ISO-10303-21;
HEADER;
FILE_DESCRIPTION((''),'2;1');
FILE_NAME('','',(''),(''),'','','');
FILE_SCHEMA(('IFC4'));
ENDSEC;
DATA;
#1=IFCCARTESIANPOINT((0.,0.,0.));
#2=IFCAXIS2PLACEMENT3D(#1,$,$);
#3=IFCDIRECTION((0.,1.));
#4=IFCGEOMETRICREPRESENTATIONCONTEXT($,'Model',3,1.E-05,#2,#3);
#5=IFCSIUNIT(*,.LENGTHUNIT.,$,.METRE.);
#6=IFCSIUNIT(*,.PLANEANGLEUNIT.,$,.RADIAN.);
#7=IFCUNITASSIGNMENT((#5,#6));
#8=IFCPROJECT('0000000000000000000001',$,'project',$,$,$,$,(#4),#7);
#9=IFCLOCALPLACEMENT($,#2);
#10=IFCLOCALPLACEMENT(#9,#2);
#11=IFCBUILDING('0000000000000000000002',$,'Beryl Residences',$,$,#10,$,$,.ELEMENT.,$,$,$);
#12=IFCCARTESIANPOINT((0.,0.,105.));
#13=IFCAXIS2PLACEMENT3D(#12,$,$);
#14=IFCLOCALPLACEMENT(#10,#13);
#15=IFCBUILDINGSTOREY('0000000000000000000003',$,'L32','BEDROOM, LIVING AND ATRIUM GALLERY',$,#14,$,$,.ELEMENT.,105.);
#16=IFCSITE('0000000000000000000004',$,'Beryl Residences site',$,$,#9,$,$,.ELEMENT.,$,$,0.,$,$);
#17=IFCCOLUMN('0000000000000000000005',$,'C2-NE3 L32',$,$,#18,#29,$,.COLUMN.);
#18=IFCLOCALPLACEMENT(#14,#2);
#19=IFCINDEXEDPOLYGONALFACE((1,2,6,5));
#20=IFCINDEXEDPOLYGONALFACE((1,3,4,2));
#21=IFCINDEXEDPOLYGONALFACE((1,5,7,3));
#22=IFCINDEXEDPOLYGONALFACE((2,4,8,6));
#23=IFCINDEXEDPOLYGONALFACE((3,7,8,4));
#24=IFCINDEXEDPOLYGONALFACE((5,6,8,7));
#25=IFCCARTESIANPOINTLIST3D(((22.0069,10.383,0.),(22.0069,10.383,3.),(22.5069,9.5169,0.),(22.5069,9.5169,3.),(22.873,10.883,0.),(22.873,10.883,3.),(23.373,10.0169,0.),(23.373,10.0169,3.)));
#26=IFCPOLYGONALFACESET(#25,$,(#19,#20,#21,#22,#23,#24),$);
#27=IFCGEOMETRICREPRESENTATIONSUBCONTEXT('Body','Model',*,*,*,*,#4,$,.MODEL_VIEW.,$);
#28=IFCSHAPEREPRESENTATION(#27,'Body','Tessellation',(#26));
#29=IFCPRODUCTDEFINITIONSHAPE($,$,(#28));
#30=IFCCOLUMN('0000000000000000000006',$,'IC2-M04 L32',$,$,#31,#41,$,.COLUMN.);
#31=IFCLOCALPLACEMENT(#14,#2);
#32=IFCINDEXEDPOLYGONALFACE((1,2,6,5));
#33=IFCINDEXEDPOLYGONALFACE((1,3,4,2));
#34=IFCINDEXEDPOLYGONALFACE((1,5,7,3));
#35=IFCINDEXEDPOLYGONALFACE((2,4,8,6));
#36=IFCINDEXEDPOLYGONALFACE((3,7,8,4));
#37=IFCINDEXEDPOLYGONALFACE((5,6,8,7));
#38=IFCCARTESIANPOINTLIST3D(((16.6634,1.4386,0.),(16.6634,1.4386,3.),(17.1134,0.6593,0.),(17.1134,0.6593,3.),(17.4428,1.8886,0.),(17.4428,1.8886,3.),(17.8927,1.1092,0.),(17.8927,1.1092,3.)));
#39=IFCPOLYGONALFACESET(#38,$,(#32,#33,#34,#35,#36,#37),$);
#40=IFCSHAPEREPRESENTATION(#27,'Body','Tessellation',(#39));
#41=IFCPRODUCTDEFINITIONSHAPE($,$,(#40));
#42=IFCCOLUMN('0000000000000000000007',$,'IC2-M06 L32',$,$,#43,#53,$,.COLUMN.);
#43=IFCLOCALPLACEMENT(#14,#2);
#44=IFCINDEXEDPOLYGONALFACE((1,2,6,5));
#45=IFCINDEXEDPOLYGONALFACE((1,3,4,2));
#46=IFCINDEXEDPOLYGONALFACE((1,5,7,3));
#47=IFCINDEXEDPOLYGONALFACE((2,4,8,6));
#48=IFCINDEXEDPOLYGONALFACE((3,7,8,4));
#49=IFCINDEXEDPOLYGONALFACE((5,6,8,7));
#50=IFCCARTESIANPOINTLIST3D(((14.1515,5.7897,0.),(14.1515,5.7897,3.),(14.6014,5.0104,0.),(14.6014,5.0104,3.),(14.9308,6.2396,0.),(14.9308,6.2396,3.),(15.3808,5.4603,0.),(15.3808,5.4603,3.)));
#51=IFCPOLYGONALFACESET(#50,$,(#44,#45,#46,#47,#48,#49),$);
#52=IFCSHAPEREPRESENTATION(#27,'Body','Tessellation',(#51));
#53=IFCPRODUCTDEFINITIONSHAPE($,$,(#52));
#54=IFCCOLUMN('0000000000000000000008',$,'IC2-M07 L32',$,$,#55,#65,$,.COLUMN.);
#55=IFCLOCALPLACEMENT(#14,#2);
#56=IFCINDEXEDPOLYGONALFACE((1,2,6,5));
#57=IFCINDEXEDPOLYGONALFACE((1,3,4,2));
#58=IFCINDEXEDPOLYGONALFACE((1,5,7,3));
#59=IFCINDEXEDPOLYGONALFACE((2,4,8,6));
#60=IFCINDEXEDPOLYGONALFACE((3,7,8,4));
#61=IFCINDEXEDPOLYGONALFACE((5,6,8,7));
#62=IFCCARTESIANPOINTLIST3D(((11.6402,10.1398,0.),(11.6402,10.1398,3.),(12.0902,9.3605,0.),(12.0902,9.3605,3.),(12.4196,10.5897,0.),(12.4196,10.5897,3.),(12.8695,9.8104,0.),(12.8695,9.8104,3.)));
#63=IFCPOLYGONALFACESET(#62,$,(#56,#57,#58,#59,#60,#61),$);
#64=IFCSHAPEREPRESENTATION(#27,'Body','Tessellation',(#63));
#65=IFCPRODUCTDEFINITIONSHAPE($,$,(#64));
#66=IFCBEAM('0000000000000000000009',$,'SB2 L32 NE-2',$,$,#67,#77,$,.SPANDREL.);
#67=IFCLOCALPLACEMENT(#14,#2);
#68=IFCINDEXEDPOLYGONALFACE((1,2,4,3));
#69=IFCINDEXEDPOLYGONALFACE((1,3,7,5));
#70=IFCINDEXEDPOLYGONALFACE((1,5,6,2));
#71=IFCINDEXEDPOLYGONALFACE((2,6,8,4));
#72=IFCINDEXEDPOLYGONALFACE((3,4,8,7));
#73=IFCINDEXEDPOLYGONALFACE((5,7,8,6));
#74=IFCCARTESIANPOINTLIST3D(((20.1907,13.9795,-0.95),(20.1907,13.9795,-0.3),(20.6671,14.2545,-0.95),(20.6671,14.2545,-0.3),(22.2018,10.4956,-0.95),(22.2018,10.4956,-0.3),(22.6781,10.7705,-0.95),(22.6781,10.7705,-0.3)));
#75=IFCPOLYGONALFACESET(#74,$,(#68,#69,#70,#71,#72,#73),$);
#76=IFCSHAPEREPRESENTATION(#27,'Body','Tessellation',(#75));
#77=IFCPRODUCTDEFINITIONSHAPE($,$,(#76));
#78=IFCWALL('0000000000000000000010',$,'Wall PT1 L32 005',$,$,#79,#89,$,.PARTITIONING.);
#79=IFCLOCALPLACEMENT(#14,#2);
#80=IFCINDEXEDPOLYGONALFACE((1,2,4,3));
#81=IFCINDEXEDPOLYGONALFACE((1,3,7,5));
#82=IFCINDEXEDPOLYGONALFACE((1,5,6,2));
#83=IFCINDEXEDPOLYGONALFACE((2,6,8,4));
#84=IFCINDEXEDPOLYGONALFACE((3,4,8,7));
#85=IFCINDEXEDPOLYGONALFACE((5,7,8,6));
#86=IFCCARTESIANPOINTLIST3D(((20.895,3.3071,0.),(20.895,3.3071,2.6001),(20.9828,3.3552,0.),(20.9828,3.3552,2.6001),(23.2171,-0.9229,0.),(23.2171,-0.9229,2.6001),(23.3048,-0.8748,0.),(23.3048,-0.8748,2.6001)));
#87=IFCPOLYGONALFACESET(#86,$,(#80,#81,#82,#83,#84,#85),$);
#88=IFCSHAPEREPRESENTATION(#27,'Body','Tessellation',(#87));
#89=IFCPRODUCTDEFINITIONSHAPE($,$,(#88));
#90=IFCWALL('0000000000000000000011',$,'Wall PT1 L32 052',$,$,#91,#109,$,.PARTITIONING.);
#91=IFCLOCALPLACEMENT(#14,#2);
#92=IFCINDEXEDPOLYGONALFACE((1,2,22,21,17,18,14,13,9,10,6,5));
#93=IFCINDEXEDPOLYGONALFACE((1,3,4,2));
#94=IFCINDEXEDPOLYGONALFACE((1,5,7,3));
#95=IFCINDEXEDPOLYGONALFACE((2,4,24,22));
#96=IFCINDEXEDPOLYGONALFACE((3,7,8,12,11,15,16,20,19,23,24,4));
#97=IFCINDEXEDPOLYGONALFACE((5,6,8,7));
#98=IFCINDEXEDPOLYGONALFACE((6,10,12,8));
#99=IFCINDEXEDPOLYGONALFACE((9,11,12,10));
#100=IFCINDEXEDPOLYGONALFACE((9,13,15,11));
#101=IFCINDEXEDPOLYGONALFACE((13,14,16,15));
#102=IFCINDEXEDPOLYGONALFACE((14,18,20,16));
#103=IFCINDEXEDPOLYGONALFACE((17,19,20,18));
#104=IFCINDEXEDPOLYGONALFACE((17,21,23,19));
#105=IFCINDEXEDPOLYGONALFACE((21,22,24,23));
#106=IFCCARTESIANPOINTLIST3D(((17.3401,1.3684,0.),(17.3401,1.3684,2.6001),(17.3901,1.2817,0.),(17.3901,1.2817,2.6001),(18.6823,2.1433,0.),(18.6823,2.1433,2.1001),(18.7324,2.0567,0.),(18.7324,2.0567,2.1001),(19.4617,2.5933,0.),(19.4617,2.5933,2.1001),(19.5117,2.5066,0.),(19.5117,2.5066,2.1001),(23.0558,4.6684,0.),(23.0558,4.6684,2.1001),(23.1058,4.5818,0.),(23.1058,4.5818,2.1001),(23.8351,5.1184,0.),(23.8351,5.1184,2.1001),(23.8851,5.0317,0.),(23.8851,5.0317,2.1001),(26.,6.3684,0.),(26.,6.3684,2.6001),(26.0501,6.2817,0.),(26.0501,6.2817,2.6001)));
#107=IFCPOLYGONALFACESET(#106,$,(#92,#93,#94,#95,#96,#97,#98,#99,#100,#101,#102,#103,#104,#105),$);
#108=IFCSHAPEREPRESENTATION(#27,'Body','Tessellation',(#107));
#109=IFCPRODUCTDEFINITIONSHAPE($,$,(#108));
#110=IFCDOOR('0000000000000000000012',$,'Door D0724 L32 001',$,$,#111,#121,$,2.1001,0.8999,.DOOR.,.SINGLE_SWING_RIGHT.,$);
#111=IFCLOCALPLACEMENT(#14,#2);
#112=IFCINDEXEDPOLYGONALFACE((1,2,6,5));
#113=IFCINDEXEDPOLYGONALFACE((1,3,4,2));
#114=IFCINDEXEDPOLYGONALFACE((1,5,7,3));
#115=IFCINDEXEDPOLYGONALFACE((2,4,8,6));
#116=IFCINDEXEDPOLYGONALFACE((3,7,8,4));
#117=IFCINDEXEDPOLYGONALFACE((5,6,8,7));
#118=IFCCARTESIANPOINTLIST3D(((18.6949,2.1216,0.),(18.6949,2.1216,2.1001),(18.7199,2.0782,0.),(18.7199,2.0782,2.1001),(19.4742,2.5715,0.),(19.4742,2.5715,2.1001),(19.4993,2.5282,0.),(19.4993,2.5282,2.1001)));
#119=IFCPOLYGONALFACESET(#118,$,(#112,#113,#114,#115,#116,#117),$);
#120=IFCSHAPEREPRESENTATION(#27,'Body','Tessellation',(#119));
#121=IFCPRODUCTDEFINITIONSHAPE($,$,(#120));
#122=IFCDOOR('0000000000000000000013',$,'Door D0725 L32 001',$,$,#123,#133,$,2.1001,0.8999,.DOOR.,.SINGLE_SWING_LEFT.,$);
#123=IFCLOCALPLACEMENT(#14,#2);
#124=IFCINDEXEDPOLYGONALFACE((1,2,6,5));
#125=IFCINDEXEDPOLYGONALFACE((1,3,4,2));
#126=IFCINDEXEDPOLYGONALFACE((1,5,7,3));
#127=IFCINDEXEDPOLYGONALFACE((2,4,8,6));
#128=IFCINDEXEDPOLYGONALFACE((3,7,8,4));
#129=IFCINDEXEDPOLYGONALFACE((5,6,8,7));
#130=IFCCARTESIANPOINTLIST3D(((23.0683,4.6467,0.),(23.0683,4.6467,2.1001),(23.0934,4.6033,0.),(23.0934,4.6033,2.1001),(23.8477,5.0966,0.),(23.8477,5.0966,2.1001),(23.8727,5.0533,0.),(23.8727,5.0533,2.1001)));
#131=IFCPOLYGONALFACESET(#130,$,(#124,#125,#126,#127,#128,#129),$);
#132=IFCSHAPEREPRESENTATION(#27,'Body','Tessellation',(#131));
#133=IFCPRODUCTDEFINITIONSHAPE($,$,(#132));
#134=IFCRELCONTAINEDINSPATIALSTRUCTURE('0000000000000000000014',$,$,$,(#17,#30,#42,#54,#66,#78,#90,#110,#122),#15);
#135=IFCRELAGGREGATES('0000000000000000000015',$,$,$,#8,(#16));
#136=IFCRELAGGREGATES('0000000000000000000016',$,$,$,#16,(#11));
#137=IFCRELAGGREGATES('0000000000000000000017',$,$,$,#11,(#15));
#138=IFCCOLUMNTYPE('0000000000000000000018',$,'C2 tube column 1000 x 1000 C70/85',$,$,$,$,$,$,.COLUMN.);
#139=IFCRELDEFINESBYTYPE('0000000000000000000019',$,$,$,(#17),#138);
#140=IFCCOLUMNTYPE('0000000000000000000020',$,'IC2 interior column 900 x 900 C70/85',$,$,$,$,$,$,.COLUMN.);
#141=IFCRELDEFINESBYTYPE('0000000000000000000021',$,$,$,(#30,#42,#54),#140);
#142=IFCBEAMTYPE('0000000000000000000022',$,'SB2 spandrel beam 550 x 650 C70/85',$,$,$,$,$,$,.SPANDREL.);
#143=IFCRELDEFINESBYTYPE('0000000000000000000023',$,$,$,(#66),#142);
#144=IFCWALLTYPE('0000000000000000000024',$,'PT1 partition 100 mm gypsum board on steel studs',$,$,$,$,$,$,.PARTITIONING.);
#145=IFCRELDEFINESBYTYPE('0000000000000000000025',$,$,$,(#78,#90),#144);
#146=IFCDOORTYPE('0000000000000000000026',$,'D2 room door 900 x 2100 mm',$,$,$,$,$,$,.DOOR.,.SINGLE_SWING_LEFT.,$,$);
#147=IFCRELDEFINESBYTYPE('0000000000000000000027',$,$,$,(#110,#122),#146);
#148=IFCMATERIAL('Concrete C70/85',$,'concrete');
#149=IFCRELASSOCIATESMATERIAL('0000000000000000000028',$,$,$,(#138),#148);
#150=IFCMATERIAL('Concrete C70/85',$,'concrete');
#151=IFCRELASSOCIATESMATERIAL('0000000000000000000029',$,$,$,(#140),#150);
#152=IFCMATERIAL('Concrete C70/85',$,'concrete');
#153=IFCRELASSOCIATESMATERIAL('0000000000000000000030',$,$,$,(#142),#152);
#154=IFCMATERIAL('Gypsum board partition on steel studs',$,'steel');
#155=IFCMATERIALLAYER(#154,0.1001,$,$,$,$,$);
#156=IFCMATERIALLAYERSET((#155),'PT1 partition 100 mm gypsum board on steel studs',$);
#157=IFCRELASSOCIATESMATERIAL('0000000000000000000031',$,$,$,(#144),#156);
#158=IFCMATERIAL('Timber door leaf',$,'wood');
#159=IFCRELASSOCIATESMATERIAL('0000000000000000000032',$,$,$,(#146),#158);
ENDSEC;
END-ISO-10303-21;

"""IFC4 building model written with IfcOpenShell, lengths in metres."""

from ifc_helpers import new_model, si_unit, direction, frame, frame_2d, origin, origin_2d, place, context, subcontext, project, spatial, rectangle, extrude, material, layer, layer_set, material_profile, profile_set, type_object, element, fill, save


model = new_model("IFC4")

# Units and contexts
model_context = context("Model", 3, precision=1e-05, world=origin(), true_north=direction((0.0, 1.0)))
body_context = subcontext(model_context, "Body", "Model", "MODEL_VIEW")
ifc_project = project(units=[si_unit("LENGTHUNIT", "METRE"), si_unit("PLANEANGLEUNIT", "RADIAN")], contexts=[model_context])

# Site, building, storey
site_placement = place(None, origin())
site = spatial("IfcSite", under=ifc_project, at=site_placement, Name="Beryl Residences site", CompositionType="ELEMENT", RefElevation=0.0)
building_placement = place(site_placement, origin())
building = spatial("IfcBuilding", under=site, at=building_placement, Name="Beryl Residences", CompositionType="ELEMENT")
storey_placement = place(building_placement, frame((0.0, 0.0, 105.0)))
storey = spatial("IfcBuildingStorey", under=building, at=storey_placement, Name="L32", Description="BEDROOM, LIVING AND ATRIUM GALLERY", CompositionType="ELEMENT", Elevation=105.0)

# Columns
ifc_material_1 = material(Name="Concrete C70/85", Category="concrete")
ifc_material_profile_1 = material_profile(ifc_material_1, rectangle(XDim=1.0, YDim=1.0, at=origin_2d()))
ifc_profile_set_1 = profile_set([ifc_material_profile_1], Name="Concrete C70/85")
column_type_1 = type_object("IfcColumnType", Name="C2 tube column 1000 x 1000 C70/85", PredefinedType="COLUMN", material=ifc_profile_set_1)
column_placement = place(storey_placement, frame((22.6899, 10.2, 0.0), z_axis=(0.0, 0.0, 1.0), x_axis=(-0.5, 0.866025, 0.0)))
element("IfcColumn", 1, at=column_placement, inside=storey, type_object=column_type_1, Name="C2-NE3 L32", PredefinedType="COLUMN", context=body_context, shape_type="SweptSolid", body=[
    extrude(rectangle(XDim=1.0, YDim=1.0, at=origin_2d()), origin(), (0.0, 0.0, 1.0), 3.0),
])
ifc_material_2 = material(Name="Concrete C70/85", Category="concrete")
ifc_material_profile_2 = material_profile(ifc_material_2, rectangle(XDim=0.8999, YDim=0.8999, at=origin_2d()))
ifc_profile_set_2 = profile_set([ifc_material_profile_2], Name="Concrete C70/85")
column_type_2 = type_object("IfcColumnType", Name="IC2 interior column 900 x 900 C70/85", PredefinedType="COLUMN", material=ifc_profile_set_2)
for number, where, z_axis, x_axis, name in (
    (2, (17.2781, 1.2739, 0.0), (0.0, 0.0, 1.0), (-0.5, 0.866025, 0.0), "IC2-M04 L32"),
    (3, (14.7661, 5.625, 0.0), (0.0, 0.0, 1.0), (-0.5, 0.866025, 0.0), "IC2-M06 L32"),
    (4, (12.2549, 9.9751, 0.0), (0.0, 0.0, 1.0), (-0.5, 0.866025, 0.0), "IC2-M07 L32"),
):
    element("IfcColumn", number, at=place(storey_placement, frame(where, z_axis=z_axis, x_axis=x_axis)), inside=storey, type_object=column_type_2, Name=name, PredefinedType="COLUMN", context=body_context, shape_type="SweptSolid", body=[
        extrude(rectangle(XDim=0.8999, YDim=0.8999, at=origin_2d()), origin(), (0.0, 0.0, 1.0), 3.0),
    ])

# Beam
ifc_material_3 = material(Name="Concrete C70/85", Category="concrete")
ifc_material_profile_3 = material_profile(ifc_material_3, rectangle(XDim=0.55, YDim=0.6499, at=origin_2d()))
ifc_profile_set_3 = profile_set([ifc_material_profile_3], Name="Concrete C70/85")
beam_type = type_object("IfcBeamType", Name="SB2 spandrel beam 550 x 650 C70/85", PredefinedType="SPANDREL", material=ifc_profile_set_3)
beam_placement = place(storey_placement, frame((22.4399, 10.6331, -0.625), z_axis=(-0.499919, 0.866072, 0.0), x_axis=(-0.866072, -0.499919, 0.0)))
element("IfcBeam", 5, at=beam_placement, inside=storey, type_object=beam_type, Name="SB2 L32 NE-2", PredefinedType="SPANDREL", context=body_context, shape_type="SweptSolid", body=[
    extrude(rectangle(XDim=0.55, YDim=0.6499, at=origin_2d()), origin(), (0.0, 0.0, 1.0), 4.0227),
])

# Wall
ifc_material_4 = material(Name="Gypsum board partition on steel studs", Category="steel")
ifc_layer_1 = layer(ifc_material_4, 0.1001)
ifc_layer_set_1 = layer_set([ifc_layer_1], Name="PT1 partition 100 mm gypsum board on steel studs")
wall_type_1 = type_object("IfcWallType", Name="PT1 partition 100 mm gypsum board on steel studs", PredefinedType="PARTITIONING", material=ifc_layer_set_1)
wall_1_placement = place(storey_placement, frame((20.939, 3.3311, 0.0), z_axis=(0.0, 0.0, 1.0), x_axis=(0.481208, -0.876607, 0.0)))
element("IfcWall", 6, at=wall_1_placement, inside=storey, type_object=wall_type_1, Name="Wall PT1 L32 005", PredefinedType="PARTITIONING", context=body_context, shape_type="SweptSolid", body=[
    extrude(rectangle(XDim=4.8254, YDim=0.1001, at=frame_2d((2.4126, 0.0))), origin(), (0.0, 0.0, 1.0), 2.6001),
])

# Wall, openings, doors
wall_2_placement = place(storey_placement, frame((17.365, 1.325, 0.0), z_axis=(0.0, 0.0, 1.0), x_axis=(0.866017, 0.500015, 0.0)))
wall_2 = element("IfcWall", 7, at=wall_2_placement, inside=storey, type_object=wall_type_1, Name="Wall PT1 L32 052", PredefinedType="PARTITIONING", context=body_context, shape_type="SweptSolid", body=[
    extrude(rectangle(XDim=9.9998, YDim=0.1001, at=frame_2d((5.0, 0.0))), origin(), (0.0, 0.0, 1.0), 2.6001),
])
opening_1_placement = place(wall_2_placement, frame((1.55, 0.0, 0.0)))
opening_1 = element("IfcOpeningElement", 8, at=opening_1_placement, cuts=wall_2, PredefinedType="OPENING", context=body_context, shape_type="SweptSolid", body=[
    extrude(rectangle(XDim=0.8999, YDim=2.1001, at=frame_2d((0.45, 1.05))), frame((0.0, 0.0601, 0.0), z_axis=(0.0, -1.0, 0.0), x_axis=(1.0, 0.0, 0.0)), (0.0, 0.0, 1.0), 0.1201),
])
opening_2_placement = place(wall_2_placement, frame((6.6001, 0.0, 0.0)))
opening_2 = element("IfcOpeningElement", 9, at=opening_2_placement, cuts=wall_2, PredefinedType="OPENING", context=body_context, shape_type="SweptSolid", body=[
    extrude(rectangle(XDim=0.8999, YDim=2.1001, at=frame_2d((0.45, 1.05))), frame((0.0, 0.0601, 0.0), z_axis=(0.0, -1.0, 0.0), x_axis=(1.0, 0.0, 0.0)), (0.0, 0.0, 1.0), 0.1201),
])
ifc_material_5 = material(Name="Timber door leaf", Category="wood")
door_type_1 = type_object("IfcDoorType", Name="D2 room door 900 x 2100 mm", OperationType="SINGLE_SWING_LEFT", PredefinedType="DOOR", material=ifc_material_5)
door_1_placement = place(opening_1_placement, origin())
door_1 = element("IfcDoor", 10, at=door_1_placement, inside=storey, type_object=door_type_1, Name="Door D0724 L32 001", OperationType="SINGLE_SWING_RIGHT", OverallHeight=2.1001, OverallWidth=0.8999, PredefinedType="DOOR", context=body_context, shape_type="SweptSolid", body=[
    extrude(rectangle(XDim=0.8999, YDim=2.1001, at=frame_2d((0.45, 1.05))), frame((0.0, 0.0249, 0.0), z_axis=(0.0, -1.0, 0.0), x_axis=(1.0, 0.0, 0.0)), (0.0, 0.0, 1.0), 0.05),
])
fill(opening_1, door_1)
door_2_placement = place(opening_2_placement, origin())
door_2 = element("IfcDoor", 11, at=door_2_placement, inside=storey, type_object=door_type_1, Name="Door D0725 L32 001", OperationType="SINGLE_SWING_LEFT", OverallHeight=2.1001, OverallWidth=0.8999, PredefinedType="DOOR", context=body_context, shape_type="SweptSolid", body=[
    extrude(rectangle(XDim=0.8999, YDim=2.1001, at=frame_2d((0.45, 1.05))), frame((0.0, 0.0249, 0.0), z_axis=(0.0, -1.0, 0.0), x_axis=(1.0, 0.0, 0.0)), (0.0, 0.0, 1.0), 0.05),
])
fill(opening_2, door_2)

save(model, "model.ifc")
